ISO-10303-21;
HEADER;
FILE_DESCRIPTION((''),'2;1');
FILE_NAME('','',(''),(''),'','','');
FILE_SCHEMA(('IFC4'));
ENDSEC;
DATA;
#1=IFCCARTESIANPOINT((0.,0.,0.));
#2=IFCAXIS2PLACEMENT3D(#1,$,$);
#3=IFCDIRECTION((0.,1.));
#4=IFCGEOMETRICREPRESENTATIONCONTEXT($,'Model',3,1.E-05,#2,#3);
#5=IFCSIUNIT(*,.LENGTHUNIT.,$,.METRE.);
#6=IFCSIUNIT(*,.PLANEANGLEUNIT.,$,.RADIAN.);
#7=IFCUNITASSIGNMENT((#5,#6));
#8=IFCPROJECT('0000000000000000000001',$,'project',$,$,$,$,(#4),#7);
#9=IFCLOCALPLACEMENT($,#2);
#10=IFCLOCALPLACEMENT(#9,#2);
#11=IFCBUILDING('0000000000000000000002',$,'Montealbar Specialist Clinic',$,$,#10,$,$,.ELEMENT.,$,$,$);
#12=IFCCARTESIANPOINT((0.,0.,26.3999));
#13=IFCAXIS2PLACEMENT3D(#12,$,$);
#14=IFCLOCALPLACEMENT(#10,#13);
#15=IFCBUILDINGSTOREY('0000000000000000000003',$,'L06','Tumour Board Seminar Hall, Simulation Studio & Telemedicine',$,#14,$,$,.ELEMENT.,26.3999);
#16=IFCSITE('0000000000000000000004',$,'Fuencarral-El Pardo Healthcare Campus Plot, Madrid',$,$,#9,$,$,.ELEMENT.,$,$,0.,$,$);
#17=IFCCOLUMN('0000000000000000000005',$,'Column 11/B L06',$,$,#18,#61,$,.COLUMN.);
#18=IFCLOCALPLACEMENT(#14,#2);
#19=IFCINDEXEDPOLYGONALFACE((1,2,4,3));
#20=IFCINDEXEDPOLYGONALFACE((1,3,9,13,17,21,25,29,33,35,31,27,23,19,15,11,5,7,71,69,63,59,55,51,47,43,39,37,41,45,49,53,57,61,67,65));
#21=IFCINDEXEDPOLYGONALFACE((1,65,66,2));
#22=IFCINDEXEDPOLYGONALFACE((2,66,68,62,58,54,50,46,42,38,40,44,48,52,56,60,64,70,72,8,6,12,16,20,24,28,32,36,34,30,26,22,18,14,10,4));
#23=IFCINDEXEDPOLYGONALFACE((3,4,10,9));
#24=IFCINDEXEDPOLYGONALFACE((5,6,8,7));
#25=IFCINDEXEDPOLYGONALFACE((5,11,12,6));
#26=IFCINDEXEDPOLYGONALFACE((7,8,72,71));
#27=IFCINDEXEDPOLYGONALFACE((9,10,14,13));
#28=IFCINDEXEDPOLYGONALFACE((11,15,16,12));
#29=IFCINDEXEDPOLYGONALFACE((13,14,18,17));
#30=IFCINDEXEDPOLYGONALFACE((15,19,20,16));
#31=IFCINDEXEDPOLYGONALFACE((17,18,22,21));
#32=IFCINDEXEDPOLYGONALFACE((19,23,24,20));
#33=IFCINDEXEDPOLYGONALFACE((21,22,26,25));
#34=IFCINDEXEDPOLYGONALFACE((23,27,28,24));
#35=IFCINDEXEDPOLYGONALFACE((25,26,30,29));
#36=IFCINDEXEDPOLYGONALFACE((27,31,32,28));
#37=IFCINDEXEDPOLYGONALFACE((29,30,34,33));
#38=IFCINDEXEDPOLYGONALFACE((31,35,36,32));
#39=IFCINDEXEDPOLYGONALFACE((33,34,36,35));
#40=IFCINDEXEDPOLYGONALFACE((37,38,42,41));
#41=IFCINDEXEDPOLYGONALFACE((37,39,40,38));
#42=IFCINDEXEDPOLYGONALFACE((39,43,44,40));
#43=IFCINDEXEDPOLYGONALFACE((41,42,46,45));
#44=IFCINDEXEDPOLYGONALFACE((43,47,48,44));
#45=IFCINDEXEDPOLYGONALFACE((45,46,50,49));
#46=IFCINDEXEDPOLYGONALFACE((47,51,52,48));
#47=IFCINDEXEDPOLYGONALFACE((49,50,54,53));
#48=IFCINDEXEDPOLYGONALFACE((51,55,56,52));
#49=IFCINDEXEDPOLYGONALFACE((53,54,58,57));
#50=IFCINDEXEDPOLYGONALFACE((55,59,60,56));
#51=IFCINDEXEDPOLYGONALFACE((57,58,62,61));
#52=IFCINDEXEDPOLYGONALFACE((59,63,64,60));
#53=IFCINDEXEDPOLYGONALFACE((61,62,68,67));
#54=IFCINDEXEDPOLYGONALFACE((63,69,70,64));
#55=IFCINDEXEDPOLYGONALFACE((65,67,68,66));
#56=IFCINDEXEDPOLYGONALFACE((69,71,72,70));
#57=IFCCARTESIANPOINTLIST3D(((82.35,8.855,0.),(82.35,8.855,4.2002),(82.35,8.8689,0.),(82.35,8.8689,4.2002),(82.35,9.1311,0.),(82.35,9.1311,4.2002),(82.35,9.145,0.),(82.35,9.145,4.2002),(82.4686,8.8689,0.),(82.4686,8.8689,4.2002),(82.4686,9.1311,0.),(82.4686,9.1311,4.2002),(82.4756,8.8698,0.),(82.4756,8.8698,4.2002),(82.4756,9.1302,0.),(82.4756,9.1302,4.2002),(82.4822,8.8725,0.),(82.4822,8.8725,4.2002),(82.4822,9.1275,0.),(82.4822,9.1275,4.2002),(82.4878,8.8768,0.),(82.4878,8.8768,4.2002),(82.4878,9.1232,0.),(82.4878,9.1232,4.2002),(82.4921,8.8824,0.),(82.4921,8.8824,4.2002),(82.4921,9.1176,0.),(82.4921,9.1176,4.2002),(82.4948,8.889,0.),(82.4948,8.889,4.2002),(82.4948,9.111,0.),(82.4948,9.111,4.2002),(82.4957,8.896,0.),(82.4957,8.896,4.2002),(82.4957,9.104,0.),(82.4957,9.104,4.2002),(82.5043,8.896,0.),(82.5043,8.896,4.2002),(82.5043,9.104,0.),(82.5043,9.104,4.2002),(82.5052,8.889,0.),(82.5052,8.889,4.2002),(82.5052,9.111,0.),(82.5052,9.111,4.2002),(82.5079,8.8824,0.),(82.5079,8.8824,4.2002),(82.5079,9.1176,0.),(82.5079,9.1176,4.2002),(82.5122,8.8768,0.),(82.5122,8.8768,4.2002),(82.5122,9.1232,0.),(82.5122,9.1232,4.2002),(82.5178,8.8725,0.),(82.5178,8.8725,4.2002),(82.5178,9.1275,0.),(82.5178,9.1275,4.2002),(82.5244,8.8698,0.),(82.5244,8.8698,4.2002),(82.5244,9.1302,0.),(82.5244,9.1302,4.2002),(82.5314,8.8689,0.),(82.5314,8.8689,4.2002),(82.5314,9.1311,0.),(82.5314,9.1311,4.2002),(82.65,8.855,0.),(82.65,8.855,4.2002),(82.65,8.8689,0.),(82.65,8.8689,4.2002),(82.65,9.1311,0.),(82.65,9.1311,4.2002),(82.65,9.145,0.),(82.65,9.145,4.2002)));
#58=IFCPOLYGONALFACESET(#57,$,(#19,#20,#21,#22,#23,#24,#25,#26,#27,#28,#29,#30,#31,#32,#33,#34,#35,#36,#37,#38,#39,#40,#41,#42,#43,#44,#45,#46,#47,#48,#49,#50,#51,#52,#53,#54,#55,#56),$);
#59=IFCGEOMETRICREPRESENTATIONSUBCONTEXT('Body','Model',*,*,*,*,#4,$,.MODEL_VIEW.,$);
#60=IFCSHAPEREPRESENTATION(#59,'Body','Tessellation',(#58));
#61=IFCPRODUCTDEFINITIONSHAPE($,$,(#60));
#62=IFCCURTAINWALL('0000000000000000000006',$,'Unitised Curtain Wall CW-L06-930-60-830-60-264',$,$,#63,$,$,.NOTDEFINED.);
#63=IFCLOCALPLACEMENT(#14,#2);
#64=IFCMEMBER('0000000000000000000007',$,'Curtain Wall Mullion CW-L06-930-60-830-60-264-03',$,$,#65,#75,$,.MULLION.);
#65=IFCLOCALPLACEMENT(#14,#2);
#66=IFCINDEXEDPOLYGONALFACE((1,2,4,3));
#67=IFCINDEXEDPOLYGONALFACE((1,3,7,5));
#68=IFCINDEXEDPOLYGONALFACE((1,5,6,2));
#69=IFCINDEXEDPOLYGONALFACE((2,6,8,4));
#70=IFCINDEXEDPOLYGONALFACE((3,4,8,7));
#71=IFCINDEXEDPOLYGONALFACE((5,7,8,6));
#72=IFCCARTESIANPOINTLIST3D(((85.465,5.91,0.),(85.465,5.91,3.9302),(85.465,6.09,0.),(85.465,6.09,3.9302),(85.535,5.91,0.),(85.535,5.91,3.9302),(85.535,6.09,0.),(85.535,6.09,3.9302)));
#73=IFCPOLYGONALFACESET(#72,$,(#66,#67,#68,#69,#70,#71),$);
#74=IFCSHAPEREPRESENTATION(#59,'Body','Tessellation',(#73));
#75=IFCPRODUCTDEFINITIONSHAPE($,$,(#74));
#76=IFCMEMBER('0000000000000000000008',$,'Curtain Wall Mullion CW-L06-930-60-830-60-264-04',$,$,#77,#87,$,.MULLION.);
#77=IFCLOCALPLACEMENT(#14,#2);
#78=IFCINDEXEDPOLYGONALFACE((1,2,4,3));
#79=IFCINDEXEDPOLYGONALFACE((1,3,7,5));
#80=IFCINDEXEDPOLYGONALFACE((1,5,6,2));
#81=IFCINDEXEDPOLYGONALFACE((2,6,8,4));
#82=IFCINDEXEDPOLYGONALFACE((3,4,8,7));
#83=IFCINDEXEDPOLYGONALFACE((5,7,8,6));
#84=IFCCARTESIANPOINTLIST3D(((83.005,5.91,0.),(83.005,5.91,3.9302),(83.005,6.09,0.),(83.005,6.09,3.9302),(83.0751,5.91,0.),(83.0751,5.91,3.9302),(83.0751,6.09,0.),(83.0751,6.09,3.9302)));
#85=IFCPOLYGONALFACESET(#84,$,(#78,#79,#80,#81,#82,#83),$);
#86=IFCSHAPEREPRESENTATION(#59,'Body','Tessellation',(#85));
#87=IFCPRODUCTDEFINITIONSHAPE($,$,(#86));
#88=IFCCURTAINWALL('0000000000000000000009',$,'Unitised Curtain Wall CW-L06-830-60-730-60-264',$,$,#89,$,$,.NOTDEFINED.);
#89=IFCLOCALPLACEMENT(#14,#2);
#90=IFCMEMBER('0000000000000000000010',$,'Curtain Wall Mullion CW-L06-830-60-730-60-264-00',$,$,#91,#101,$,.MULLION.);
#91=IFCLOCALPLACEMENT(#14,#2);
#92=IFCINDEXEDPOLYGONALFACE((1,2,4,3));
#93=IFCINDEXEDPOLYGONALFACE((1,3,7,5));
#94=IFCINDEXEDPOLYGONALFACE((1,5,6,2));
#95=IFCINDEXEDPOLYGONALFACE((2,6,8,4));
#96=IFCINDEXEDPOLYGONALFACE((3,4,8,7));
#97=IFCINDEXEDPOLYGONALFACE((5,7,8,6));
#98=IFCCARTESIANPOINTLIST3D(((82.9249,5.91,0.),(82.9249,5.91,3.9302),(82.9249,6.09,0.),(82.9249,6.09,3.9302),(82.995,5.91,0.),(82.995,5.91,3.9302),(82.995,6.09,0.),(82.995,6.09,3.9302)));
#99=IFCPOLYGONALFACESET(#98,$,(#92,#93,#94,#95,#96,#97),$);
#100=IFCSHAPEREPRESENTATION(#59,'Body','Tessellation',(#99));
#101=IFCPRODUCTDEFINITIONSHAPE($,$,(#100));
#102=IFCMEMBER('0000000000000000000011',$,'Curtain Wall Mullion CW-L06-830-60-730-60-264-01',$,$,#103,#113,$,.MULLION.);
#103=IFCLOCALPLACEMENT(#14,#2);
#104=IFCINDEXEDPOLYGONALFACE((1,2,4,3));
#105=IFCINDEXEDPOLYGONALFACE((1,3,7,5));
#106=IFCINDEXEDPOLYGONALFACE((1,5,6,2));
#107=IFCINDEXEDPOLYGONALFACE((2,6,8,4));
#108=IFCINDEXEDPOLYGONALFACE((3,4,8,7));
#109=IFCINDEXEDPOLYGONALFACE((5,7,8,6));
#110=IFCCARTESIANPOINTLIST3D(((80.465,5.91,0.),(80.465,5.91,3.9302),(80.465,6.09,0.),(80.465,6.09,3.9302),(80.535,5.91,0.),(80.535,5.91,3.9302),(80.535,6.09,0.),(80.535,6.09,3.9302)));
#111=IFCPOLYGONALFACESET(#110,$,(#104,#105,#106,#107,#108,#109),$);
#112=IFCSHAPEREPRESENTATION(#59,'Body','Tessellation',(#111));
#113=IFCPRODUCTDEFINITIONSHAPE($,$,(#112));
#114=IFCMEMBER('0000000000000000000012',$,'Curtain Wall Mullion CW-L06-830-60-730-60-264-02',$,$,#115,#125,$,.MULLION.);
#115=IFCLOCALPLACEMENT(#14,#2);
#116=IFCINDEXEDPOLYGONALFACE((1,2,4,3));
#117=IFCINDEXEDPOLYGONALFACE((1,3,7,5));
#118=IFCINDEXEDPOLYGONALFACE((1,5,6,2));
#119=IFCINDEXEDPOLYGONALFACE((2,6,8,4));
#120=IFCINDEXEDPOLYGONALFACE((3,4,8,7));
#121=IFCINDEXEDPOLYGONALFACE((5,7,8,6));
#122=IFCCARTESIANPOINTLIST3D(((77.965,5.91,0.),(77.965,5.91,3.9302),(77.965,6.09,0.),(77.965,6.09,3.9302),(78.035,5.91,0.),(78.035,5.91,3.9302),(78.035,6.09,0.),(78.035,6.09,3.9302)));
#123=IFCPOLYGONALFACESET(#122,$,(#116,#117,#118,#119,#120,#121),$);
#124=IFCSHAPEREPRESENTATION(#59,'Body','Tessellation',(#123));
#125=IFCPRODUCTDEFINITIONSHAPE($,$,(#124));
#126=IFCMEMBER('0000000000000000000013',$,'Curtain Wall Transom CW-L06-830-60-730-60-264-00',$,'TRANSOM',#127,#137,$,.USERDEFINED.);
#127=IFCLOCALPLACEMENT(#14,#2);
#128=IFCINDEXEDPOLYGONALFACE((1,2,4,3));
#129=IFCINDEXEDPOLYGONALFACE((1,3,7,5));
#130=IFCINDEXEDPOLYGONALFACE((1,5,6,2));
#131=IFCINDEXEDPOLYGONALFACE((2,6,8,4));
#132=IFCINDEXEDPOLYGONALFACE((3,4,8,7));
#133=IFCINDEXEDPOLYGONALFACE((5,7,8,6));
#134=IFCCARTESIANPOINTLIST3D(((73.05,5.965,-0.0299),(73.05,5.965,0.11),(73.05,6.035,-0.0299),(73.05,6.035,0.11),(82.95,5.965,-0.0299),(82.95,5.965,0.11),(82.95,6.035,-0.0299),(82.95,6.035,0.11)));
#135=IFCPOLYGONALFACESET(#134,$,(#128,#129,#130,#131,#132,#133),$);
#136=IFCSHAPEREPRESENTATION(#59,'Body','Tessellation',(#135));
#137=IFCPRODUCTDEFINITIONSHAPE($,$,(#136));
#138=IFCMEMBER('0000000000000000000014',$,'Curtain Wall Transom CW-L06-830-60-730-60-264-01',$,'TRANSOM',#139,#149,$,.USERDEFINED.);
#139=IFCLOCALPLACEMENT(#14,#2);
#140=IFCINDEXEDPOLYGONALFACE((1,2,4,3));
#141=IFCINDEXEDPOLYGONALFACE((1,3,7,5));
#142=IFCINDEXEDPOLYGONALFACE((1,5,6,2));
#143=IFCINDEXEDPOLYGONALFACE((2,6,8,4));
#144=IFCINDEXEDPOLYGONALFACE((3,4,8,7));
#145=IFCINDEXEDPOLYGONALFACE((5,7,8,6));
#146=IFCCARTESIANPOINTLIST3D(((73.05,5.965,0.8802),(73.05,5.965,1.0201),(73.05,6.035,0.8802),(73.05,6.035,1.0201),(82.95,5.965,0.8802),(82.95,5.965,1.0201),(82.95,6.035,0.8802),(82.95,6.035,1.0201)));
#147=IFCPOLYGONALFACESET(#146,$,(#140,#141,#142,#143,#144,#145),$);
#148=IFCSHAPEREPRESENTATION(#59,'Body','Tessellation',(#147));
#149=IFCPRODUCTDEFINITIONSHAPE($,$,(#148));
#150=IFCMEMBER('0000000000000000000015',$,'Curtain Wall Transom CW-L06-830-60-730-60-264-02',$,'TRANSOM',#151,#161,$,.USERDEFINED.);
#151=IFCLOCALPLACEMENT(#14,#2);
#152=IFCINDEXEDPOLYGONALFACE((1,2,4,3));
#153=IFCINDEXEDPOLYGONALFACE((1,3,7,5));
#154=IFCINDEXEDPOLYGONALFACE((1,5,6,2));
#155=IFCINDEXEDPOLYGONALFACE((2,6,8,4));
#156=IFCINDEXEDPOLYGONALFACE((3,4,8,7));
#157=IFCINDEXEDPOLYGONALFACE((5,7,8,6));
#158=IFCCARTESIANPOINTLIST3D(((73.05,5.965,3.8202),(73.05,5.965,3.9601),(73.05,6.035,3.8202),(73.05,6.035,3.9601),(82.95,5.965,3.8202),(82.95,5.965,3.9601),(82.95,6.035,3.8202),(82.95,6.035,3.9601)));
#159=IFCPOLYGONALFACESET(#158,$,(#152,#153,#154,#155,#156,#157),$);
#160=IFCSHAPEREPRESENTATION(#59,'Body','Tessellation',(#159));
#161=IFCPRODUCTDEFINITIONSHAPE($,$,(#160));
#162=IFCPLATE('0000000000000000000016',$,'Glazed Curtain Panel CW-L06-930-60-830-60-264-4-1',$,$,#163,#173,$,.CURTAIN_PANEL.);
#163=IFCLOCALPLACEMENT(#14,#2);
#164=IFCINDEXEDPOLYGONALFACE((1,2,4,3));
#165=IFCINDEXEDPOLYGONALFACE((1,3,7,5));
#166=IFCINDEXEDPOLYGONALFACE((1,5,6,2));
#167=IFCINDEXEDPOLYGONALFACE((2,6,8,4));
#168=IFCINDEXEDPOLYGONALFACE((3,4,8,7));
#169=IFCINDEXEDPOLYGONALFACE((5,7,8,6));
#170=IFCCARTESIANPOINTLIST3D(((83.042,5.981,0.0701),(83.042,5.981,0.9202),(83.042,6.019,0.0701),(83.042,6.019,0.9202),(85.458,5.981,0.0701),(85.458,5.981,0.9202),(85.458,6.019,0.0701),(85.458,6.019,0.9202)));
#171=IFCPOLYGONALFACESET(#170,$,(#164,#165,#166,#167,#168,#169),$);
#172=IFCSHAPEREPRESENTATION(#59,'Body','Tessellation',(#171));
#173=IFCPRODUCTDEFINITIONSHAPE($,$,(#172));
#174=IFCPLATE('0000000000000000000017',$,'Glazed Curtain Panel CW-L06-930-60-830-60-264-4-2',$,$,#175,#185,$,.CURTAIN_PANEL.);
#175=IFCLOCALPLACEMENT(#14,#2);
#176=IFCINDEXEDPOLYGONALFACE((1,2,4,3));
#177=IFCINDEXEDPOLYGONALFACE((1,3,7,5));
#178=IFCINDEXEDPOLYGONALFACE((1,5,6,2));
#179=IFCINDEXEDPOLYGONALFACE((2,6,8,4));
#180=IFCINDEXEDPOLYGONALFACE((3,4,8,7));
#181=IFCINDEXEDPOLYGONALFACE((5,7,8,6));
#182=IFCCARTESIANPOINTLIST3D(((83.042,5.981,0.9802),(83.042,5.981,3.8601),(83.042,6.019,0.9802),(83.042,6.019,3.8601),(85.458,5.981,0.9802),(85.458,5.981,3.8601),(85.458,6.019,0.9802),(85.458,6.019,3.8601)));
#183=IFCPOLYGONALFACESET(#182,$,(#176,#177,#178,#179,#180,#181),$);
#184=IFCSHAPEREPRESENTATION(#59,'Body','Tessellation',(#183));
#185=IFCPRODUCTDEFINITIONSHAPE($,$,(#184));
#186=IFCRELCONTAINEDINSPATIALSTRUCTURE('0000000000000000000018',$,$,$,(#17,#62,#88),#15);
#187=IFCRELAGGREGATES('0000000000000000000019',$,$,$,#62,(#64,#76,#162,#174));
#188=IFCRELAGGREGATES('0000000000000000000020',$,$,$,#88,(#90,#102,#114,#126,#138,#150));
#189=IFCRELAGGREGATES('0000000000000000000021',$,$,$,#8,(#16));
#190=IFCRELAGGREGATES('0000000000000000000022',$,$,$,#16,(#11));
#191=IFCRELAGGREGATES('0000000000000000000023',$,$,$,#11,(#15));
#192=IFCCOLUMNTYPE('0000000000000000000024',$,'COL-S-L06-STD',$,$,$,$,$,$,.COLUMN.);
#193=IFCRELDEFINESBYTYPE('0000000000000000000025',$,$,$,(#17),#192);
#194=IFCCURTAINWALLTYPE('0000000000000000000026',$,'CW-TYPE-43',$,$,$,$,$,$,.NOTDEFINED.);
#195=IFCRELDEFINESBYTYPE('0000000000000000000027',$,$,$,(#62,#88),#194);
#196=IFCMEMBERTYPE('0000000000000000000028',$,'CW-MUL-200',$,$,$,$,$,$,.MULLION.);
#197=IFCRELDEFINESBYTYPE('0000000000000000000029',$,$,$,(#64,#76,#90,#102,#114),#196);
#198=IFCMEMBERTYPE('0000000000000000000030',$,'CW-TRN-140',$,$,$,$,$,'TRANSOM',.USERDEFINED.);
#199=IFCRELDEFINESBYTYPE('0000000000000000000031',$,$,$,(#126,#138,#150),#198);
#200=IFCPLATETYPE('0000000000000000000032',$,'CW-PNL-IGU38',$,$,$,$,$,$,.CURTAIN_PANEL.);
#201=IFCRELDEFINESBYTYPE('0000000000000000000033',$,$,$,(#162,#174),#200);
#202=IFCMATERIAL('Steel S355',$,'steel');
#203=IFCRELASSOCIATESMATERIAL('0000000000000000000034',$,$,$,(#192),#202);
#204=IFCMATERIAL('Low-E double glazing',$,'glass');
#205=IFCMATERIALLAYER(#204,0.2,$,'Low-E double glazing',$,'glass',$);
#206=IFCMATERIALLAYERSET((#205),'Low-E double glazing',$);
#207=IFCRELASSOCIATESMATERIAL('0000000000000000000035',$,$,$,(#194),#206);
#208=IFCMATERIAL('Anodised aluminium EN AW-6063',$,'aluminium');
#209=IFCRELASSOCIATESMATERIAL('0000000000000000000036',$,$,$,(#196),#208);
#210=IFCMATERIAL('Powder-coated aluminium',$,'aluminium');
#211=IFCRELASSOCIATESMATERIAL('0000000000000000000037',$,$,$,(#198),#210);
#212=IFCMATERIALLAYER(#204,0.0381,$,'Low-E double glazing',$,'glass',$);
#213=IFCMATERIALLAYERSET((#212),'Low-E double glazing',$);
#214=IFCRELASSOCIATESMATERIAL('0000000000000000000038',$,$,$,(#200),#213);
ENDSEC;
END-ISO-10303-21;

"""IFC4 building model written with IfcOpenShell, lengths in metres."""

from ifc_helpers import new_model, si_unit, direction, frame, origin, origin_2d, place, context, subcontext, project, spatial, rectangle, i_section, extrude, material, layer, layer_set, material_profile, profile_set, type_object, element, aggregate, save


model = new_model("IFC4")

# Units and contexts
model_context = context("Model", 3, precision=1e-05, world=origin(), true_north=direction((0.0, 1.0)))
body_context = subcontext(model_context, "Body", "Model", "MODEL_VIEW")
ifc_project = project(units=[si_unit("LENGTHUNIT", "METRE"), si_unit("PLANEANGLEUNIT", "RADIAN")], contexts=[model_context])

# Site, building, storey
site_placement = place(None, origin())
site = spatial("IfcSite", under=ifc_project, at=site_placement, Name="Fuencarral-El Pardo Healthcare Campus Plot, Madrid", CompositionType="ELEMENT", RefElevation=0.0)
building_placement = place(site_placement, origin())
building = spatial("IfcBuilding", under=site, at=building_placement, Name="Montealbar Specialist Clinic", CompositionType="ELEMENT")
storey_placement = place(building_placement, frame((0.0, 0.0, 26.3999)))
storey = spatial("IfcBuildingStorey", under=building, at=storey_placement, Name="L06", Description="Tumour Board Seminar Hall, Simulation Studio & Telemedicine", CompositionType="ELEMENT", Elevation=26.3999)

# Column
ifc_material_1 = material(Name="Steel S355", Category="steel")
ifc_material_profile_1 = material_profile(ifc_material_1, i_section(OverallWidth=0.3, OverallDepth=0.29, WebThickness=0.0085, FlangeThickness=0.0139, FilletRadius=0.0271, at=origin_2d()), Name="HEA 300", Category="steel")
ifc_profile_set_1 = profile_set([ifc_material_profile_1], Name="Steel S355")
column_type = type_object("IfcColumnType", Name="COL-S-L06-STD", PredefinedType="COLUMN", material=ifc_profile_set_1)
column_placement = place(storey_placement, frame((82.5, 9.0, 0.0), z_axis=(0.0, 0.0, 1.0), x_axis=(1.0, 0.0, 0.0)))
element("IfcColumn", 1, at=column_placement, inside=storey, type_object=column_type, Name="Column 11/B L06", PredefinedType="COLUMN", context=body_context, shape_type="SweptSolid", body=[
    extrude(i_section(OverallWidth=0.3, OverallDepth=0.29, WebThickness=0.0085, FlangeThickness=0.0139, FilletRadius=0.0271, at=origin_2d()), origin(), (0.0, 0.0, 1.0), 4.2002),
])

# Curtain walls, members
ifc_material_2 = material(Name="Low-E double glazing", Category="glass")
ifc_layer_1 = layer(ifc_material_2, 0.2, Name="Low-E double glazing", Category="glass")
ifc_layer_set_1 = layer_set([ifc_layer_1], Name="Low-E double glazing")
curtain_wall_type = type_object("IfcCurtainWallType", Name="CW-TYPE-43", PredefinedType="NOTDEFINED", material=ifc_layer_set_1)
curtain_wall_1_placement = place(storey_placement, origin())
curtain_wall_1 = element("IfcCurtainWall", 2, at=curtain_wall_1_placement, inside=storey, type_object=curtain_wall_type, Name="Unitised Curtain Wall CW-L06-930-60-830-60-264", PredefinedType="NOTDEFINED")
ifc_material_3 = material(Name="Anodised aluminium EN AW-6063", Category="aluminium")
ifc_material_profile_2 = material_profile(ifc_material_3, rectangle(XDim=0.0701, YDim=0.1799, at=origin_2d()), Name="ALU 70x180", Category="aluminium")
ifc_profile_set_2 = profile_set([ifc_material_profile_2], Name="Anodised aluminium EN AW-6063")
member_type_1 = type_object("IfcMemberType", Name="CW-MUL-200", PredefinedType="MULLION", material=ifc_profile_set_2)
member_1_placement = place(storey_placement, frame((85.5, 6.0, 0.0), z_axis=(0.0, 0.0, 1.0), x_axis=(-1.0, 0.0, 0.0)))
member_1 = element("IfcMember", 3, at=member_1_placement, type_object=member_type_1, Name="Curtain Wall Mullion CW-L06-930-60-830-60-264-03", PredefinedType="MULLION", context=body_context, shape_type="SweptSolid", body=[
    extrude(rectangle(XDim=0.0701, YDim=0.1799, at=origin_2d()), origin(), (0.0, 0.0, 1.0), 3.9302),
])
member_2_placement = place(storey_placement, frame((83.04, 6.0, 0.0), z_axis=(0.0, 0.0, 1.0), x_axis=(-1.0, 0.0, 0.0)))
member_2 = element("IfcMember", 4, at=member_2_placement, type_object=member_type_1, Name="Curtain Wall Mullion CW-L06-930-60-830-60-264-04", PredefinedType="MULLION", context=body_context, shape_type="SweptSolid", body=[
    extrude(rectangle(XDim=0.0701, YDim=0.1799, at=origin_2d()), origin(), (0.0, 0.0, 1.0), 3.9302),
])
curtain_wall_2_placement = place(storey_placement, origin())
curtain_wall_2 = element("IfcCurtainWall", 5, at=curtain_wall_2_placement, inside=storey, type_object=curtain_wall_type, Name="Unitised Curtain Wall CW-L06-830-60-730-60-264", PredefinedType="NOTDEFINED")
member_3_placement = place(storey_placement, frame((82.96, 6.0, 0.0), z_axis=(0.0, 0.0, 1.0), x_axis=(-1.0, 0.0, 0.0)))
member_3 = element("IfcMember", 6, at=member_3_placement, type_object=member_type_1, Name="Curtain Wall Mullion CW-L06-830-60-730-60-264-00", PredefinedType="MULLION", context=body_context, shape_type="SweptSolid", body=[
    extrude(rectangle(XDim=0.0701, YDim=0.1799, at=origin_2d()), origin(), (0.0, 0.0, 1.0), 3.9302),
])
member_4_placement = place(storey_placement, frame((80.5, 6.0, 0.0), z_axis=(0.0, 0.0, 1.0), x_axis=(-1.0, 0.0, 0.0)))
member_4 = element("IfcMember", 7, at=member_4_placement, type_object=member_type_1, Name="Curtain Wall Mullion CW-L06-830-60-730-60-264-01", PredefinedType="MULLION", context=body_context, shape_type="SweptSolid", body=[
    extrude(rectangle(XDim=0.0701, YDim=0.1799, at=origin_2d()), origin(), (0.0, 0.0, 1.0), 3.9302),
])
member_5_placement = place(storey_placement, frame((78.0, 6.0, 0.0), z_axis=(0.0, 0.0, 1.0), x_axis=(-1.0, 0.0, 0.0)))
member_5 = element("IfcMember", 8, at=member_5_placement, type_object=member_type_1, Name="Curtain Wall Mullion CW-L06-830-60-730-60-264-02", PredefinedType="MULLION", context=body_context, shape_type="SweptSolid", body=[
    extrude(rectangle(XDim=0.0701, YDim=0.1799, at=origin_2d()), origin(), (0.0, 0.0, 1.0), 3.9302),
])
ifc_material_4 = material(Name="Powder-coated aluminium", Category="aluminium")
ifc_material_profile_3 = material_profile(ifc_material_4, rectangle(XDim=0.0701, YDim=0.1399, at=origin_2d()), Name="ALU 70x140", Category="aluminium")
ifc_profile_set_3 = profile_set([ifc_material_profile_3], Name="Powder-coated aluminium")
member_type_2 = type_object("IfcMemberType", Name="CW-TRN-140", ElementType="TRANSOM", PredefinedType="USERDEFINED", material=ifc_profile_set_3)
member_6_placement = place(storey_placement, frame((82.95, 6.0, 0.04), z_axis=(-1.0, 0.0, 0.0), x_axis=(0.0, -1.0, 0.0)))
member_6 = element("IfcMember", 9, at=member_6_placement, type_object=member_type_2, Name="Curtain Wall Transom CW-L06-830-60-730-60-264-00", ObjectType="TRANSOM", PredefinedType="USERDEFINED", context=body_context, shape_type="SweptSolid", body=[
    extrude(rectangle(XDim=0.0701, YDim=0.1399, at=origin_2d()), origin(), (0.0, 0.0, 1.0), 9.8999),
])
member_7_placement = place(storey_placement, frame((82.95, 6.0, 0.9502), z_axis=(-1.0, 0.0, 0.0), x_axis=(0.0, -1.0, 0.0)))
member_7 = element("IfcMember", 10, at=member_7_placement, type_object=member_type_2, Name="Curtain Wall Transom CW-L06-830-60-730-60-264-01", ObjectType="TRANSOM", PredefinedType="USERDEFINED", context=body_context, shape_type="SweptSolid", body=[
    extrude(rectangle(XDim=0.0701, YDim=0.1399, at=origin_2d()), origin(), (0.0, 0.0, 1.0), 9.8999),
])
member_8_placement = place(storey_placement, frame((82.95, 6.0, 3.8901), z_axis=(-1.0, 0.0, 0.0), x_axis=(0.0, -1.0, 0.0)))
member_8 = element("IfcMember", 11, at=member_8_placement, type_object=member_type_2, Name="Curtain Wall Transom CW-L06-830-60-730-60-264-02", ObjectType="TRANSOM", PredefinedType="USERDEFINED", context=body_context, shape_type="SweptSolid", body=[
    extrude(rectangle(XDim=0.0701, YDim=0.1399, at=origin_2d()), origin(), (0.0, 0.0, 1.0), 9.8999),
])

# Plates
ifc_layer_2 = layer(ifc_material_2, 0.0381, Name="Low-E double glazing", Category="glass")
ifc_layer_set_2 = layer_set([ifc_layer_2], Name="Low-E double glazing")
plate_type = type_object("IfcPlateType", Name="CW-PNL-IGU38", PredefinedType="CURTAIN_PANEL", material=ifc_layer_set_2)
plate_1_placement = place(storey_placement, frame((84.25, 6.0, 0.0701), z_axis=(0.0, 0.0, 1.0), x_axis=(-1.0, 0.0, 0.0)))
plate_1 = element("IfcPlate", 12, at=plate_1_placement, type_object=plate_type, Name="Glazed Curtain Panel CW-L06-930-60-830-60-264-4-1", PredefinedType="CURTAIN_PANEL", context=body_context, shape_type="SweptSolid", body=[
    extrude(rectangle(XDim=2.416, YDim=0.0381, at=origin_2d()), origin(), (0.0, 0.0, 1.0), 0.8501),
])
plate_2_placement = place(storey_placement, frame((84.25, 6.0, 0.9802), z_axis=(0.0, 0.0, 1.0), x_axis=(-1.0, 0.0, 0.0)))
plate_2 = element("IfcPlate", 13, at=plate_2_placement, type_object=plate_type, Name="Glazed Curtain Panel CW-L06-930-60-830-60-264-4-2", PredefinedType="CURTAIN_PANEL", context=body_context, shape_type="SweptSolid", body=[
    extrude(rectangle(XDim=2.416, YDim=0.0381, at=origin_2d()), origin(), (0.0, 0.0, 1.0), 2.8799),
])
aggregate(curtain_wall_1, [member_1, member_2, plate_1, plate_2])
aggregate(curtain_wall_2, [member_3, member_4, member_5, member_6, member_7, member_8])

save(model, "model.ifc")
